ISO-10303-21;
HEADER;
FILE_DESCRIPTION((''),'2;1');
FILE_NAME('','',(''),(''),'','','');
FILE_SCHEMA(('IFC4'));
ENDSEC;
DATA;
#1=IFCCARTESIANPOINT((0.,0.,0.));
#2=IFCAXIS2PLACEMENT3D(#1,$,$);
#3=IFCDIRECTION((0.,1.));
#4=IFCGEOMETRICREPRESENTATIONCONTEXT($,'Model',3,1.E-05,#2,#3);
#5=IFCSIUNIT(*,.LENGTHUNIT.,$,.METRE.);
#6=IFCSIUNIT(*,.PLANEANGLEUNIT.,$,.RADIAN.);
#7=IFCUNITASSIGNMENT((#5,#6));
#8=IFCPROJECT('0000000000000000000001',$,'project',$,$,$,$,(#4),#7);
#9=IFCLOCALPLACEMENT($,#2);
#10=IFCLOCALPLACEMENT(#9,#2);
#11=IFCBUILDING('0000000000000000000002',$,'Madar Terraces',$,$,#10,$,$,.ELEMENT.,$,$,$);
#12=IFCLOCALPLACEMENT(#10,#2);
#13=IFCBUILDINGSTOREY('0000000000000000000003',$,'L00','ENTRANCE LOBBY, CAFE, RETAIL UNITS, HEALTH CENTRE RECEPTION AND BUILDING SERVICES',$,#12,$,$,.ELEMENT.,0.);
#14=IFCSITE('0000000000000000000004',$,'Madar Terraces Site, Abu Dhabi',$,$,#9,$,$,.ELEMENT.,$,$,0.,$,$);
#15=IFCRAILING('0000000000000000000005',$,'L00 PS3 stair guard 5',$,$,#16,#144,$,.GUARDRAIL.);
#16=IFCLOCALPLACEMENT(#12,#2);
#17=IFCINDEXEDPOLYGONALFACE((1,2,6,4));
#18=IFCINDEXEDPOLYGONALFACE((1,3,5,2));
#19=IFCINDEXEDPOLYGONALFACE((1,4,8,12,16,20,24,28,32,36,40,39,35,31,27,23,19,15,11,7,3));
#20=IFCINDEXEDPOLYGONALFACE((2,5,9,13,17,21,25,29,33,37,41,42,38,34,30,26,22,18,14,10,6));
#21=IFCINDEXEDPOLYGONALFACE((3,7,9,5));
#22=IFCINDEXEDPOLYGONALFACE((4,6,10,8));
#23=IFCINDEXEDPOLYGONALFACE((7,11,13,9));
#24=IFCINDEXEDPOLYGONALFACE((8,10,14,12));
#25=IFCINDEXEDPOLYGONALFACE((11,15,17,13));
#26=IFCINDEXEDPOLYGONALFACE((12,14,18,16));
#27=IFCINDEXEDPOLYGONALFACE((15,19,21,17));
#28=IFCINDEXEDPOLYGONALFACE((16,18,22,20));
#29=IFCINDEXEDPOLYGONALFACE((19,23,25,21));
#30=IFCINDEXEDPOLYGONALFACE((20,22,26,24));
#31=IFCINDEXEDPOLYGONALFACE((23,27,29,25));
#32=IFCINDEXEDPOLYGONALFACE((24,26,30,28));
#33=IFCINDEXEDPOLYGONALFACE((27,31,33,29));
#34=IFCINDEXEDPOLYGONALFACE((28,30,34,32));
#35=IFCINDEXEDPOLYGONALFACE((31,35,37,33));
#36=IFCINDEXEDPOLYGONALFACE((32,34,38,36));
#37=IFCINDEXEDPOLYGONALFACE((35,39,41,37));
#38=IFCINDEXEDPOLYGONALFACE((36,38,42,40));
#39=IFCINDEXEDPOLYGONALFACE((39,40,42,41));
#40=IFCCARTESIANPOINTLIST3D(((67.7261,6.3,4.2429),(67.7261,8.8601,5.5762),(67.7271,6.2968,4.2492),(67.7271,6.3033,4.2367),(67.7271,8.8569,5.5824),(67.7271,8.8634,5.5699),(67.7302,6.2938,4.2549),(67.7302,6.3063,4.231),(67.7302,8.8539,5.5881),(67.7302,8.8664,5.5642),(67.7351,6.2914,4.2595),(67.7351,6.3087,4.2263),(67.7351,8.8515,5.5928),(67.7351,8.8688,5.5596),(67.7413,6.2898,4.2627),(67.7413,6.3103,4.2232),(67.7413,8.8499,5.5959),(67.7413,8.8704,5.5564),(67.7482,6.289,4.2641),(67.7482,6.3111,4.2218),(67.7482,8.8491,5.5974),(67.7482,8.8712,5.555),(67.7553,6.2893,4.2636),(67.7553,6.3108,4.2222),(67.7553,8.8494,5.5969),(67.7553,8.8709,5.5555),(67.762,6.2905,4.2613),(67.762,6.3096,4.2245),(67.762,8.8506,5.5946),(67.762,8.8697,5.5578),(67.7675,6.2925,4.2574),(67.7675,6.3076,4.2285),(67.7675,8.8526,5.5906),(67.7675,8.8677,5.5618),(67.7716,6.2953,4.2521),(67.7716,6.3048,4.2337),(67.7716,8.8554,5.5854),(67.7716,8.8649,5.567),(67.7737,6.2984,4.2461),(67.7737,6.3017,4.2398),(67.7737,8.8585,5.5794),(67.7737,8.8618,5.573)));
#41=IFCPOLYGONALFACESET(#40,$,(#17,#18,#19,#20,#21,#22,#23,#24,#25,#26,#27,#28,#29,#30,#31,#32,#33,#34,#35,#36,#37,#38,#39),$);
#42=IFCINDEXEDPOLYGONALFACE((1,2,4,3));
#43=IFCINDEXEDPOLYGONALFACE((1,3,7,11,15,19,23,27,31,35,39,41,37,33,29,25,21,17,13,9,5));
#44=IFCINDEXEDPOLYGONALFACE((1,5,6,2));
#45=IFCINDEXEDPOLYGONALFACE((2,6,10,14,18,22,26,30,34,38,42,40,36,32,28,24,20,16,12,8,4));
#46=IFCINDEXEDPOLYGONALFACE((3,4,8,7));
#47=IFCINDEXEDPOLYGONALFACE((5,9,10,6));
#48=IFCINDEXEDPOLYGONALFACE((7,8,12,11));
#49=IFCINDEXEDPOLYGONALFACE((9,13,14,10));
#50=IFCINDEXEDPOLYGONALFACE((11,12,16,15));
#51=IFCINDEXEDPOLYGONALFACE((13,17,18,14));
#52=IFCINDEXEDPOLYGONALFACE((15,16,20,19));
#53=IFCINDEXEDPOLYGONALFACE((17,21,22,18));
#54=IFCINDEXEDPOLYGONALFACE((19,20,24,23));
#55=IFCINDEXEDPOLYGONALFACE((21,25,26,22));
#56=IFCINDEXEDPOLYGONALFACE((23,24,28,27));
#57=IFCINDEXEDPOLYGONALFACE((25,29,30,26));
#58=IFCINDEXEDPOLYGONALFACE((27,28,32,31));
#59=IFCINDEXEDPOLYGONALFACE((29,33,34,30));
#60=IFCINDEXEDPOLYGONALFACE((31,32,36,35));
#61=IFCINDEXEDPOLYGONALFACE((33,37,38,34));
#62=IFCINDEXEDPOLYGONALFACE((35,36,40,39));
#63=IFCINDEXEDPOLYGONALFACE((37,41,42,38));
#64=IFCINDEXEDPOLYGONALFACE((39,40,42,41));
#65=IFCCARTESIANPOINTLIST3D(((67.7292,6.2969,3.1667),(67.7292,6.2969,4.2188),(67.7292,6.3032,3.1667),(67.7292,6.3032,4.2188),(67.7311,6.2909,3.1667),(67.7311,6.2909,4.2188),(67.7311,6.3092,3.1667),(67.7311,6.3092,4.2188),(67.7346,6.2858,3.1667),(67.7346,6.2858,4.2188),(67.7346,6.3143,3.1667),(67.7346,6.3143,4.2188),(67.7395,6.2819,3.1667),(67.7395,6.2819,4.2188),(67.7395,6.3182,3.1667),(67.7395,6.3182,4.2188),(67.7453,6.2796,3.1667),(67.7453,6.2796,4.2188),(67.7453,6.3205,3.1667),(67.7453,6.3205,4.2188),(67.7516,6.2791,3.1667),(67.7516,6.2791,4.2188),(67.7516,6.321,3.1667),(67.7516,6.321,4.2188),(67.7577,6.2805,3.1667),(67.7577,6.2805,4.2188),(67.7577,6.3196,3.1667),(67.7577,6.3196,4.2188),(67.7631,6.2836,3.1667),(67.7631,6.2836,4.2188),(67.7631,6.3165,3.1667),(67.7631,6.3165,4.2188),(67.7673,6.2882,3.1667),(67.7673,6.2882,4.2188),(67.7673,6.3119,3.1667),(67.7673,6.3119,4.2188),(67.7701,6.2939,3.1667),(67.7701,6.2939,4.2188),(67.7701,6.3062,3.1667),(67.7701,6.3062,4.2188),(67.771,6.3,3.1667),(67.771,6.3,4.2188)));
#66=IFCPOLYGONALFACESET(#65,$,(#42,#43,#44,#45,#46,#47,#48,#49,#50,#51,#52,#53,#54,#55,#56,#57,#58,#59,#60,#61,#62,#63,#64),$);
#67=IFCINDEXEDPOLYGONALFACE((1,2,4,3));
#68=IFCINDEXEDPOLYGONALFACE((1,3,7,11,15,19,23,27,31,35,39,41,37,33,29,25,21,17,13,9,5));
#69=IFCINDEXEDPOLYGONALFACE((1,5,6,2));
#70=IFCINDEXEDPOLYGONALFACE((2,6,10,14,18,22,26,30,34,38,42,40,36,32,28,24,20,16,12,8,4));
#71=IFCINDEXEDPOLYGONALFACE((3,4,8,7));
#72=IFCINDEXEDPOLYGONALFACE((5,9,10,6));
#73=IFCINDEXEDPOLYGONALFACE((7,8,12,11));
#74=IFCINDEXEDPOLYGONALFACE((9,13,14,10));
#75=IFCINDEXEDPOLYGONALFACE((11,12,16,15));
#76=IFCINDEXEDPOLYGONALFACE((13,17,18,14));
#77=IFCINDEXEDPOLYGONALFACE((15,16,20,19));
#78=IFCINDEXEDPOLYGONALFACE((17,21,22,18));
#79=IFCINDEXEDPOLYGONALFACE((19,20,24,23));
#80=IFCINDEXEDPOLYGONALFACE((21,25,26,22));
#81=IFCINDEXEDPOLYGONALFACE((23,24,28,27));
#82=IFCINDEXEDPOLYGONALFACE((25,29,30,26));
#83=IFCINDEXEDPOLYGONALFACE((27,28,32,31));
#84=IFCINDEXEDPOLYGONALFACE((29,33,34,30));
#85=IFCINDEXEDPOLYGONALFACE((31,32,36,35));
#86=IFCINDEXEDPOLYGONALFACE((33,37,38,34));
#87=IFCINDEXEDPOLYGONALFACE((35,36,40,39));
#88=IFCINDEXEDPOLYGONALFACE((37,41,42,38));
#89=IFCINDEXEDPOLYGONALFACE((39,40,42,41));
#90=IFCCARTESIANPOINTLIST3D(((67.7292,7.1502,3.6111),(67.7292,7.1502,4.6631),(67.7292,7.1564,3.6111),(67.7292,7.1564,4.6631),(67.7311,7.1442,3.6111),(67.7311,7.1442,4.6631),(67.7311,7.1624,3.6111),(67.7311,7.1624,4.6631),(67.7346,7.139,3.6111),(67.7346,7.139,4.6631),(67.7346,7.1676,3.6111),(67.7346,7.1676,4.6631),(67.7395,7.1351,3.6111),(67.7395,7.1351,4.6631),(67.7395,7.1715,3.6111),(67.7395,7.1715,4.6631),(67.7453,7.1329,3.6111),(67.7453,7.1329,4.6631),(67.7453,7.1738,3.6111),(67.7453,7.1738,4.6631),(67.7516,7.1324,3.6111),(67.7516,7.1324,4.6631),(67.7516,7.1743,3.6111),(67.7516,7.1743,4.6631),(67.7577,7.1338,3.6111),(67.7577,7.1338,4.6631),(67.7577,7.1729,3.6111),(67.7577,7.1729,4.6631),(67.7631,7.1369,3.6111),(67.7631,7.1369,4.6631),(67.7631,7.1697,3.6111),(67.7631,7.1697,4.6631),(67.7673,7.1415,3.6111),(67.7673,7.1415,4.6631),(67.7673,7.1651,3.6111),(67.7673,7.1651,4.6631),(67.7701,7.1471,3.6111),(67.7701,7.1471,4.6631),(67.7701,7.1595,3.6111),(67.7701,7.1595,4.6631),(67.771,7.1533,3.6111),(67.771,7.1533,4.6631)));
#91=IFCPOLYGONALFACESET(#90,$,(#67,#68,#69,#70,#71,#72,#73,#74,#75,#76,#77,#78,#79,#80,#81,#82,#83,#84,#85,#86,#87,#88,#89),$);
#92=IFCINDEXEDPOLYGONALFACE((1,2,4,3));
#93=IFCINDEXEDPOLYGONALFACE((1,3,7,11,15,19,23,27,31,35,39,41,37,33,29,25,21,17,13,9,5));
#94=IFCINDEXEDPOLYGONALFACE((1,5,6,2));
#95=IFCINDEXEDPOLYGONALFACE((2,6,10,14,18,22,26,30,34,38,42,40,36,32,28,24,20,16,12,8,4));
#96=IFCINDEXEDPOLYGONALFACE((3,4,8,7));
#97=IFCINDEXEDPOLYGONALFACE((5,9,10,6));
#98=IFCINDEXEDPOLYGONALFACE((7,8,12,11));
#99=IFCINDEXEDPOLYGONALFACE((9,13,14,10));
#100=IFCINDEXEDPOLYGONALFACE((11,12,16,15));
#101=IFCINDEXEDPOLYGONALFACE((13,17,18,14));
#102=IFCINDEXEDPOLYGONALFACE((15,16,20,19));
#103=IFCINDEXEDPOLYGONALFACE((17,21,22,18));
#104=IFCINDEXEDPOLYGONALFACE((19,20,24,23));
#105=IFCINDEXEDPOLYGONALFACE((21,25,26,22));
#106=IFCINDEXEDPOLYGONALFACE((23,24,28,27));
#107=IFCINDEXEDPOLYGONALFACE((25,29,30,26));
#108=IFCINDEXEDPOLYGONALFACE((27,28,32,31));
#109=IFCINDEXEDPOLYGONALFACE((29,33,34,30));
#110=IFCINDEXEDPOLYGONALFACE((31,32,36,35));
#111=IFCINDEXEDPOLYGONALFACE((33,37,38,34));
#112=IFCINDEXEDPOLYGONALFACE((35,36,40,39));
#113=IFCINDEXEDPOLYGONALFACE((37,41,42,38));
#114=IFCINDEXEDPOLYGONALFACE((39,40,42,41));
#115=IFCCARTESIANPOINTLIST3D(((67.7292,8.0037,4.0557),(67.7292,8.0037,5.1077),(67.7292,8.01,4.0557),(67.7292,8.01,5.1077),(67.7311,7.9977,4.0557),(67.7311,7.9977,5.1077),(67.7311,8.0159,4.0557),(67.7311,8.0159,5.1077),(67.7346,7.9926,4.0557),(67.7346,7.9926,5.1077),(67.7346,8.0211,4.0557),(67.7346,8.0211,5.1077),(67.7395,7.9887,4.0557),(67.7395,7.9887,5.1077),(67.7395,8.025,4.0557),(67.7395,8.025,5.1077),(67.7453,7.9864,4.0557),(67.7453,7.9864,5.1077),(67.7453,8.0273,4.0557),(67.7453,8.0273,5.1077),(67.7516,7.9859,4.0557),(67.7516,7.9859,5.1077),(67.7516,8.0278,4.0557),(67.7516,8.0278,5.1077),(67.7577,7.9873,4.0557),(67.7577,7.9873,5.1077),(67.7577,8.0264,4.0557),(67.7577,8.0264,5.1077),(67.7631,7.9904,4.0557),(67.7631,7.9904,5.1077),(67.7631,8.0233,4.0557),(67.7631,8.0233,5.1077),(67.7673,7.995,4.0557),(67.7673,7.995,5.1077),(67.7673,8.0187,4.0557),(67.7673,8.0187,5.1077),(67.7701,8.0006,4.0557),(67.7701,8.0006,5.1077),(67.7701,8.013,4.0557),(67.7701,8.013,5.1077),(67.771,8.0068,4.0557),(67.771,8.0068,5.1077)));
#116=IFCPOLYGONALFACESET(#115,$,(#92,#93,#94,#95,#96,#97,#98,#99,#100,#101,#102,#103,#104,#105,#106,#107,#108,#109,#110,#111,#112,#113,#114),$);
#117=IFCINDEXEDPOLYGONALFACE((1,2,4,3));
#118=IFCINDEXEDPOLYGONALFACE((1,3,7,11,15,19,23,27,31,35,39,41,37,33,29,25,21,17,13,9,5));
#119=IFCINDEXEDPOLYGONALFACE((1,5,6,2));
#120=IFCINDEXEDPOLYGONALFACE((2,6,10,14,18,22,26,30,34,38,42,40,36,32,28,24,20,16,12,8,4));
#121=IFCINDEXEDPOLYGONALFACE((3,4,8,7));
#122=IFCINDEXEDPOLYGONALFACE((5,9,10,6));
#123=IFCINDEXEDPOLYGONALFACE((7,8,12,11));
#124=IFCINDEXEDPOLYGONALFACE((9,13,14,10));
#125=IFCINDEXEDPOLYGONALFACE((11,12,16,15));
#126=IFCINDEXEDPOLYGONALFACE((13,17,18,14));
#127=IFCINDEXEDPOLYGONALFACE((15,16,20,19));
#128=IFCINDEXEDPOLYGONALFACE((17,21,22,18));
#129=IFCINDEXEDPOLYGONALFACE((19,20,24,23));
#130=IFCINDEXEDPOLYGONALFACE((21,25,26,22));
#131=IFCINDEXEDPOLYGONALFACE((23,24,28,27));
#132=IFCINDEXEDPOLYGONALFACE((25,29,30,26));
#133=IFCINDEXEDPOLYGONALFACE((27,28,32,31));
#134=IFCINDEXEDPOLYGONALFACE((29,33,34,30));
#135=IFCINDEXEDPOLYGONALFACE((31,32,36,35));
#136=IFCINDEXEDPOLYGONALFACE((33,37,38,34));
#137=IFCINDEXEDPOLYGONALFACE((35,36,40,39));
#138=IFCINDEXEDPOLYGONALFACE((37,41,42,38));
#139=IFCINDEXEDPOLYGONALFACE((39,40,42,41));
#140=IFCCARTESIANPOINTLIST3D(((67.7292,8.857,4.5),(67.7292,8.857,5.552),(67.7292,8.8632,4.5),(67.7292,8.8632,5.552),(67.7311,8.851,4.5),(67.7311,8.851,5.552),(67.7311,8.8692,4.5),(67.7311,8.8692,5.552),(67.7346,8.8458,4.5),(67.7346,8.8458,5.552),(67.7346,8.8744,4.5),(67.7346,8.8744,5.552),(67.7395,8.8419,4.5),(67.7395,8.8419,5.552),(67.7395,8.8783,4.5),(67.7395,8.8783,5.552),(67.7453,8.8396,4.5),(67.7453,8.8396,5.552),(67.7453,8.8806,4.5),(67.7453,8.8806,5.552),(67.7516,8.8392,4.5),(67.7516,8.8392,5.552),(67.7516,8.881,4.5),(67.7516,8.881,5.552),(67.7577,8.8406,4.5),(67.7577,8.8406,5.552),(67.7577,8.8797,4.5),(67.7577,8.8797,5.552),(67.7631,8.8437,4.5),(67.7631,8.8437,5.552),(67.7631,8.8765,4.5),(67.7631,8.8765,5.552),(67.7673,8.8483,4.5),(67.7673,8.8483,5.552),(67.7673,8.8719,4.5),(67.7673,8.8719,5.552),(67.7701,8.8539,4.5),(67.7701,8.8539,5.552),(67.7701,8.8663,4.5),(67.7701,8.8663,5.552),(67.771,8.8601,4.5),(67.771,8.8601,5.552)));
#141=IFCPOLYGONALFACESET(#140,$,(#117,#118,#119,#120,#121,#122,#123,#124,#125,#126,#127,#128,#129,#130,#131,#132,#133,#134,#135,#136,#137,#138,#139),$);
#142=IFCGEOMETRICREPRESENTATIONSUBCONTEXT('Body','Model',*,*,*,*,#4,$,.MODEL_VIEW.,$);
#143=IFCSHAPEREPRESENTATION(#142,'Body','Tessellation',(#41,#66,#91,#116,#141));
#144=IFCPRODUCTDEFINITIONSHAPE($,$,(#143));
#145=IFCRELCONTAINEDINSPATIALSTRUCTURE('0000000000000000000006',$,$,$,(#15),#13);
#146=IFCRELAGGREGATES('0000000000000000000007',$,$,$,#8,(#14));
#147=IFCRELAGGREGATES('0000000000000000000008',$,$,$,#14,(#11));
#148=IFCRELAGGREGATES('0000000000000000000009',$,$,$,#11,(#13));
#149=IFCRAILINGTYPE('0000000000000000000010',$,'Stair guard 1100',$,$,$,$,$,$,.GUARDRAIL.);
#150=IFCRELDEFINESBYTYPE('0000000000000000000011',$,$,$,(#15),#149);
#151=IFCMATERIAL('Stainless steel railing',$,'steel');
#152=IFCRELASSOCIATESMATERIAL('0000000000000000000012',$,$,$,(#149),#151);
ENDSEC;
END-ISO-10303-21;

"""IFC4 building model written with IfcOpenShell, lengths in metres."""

from ifc_helpers import new_model, si_unit, direction, frame, origin, origin_2d, place, context, subcontext, project, spatial, circle, extrude, material, type_object, element, save


model = new_model("IFC4")

# Units and contexts
model_context = context("Model", 3, precision=1e-05, world=origin(), true_north=direction((0.0, 1.0)))
body_context = subcontext(model_context, "Body", "Model", "MODEL_VIEW")
ifc_project = project(units=[si_unit("LENGTHUNIT", "METRE"), si_unit("PLANEANGLEUNIT", "RADIAN")], contexts=[model_context])

# Site, building, storey
site_placement = place(None, origin())
site = spatial("IfcSite", under=ifc_project, at=site_placement, Name="Madar Terraces Site, Abu Dhabi", CompositionType="ELEMENT", RefElevation=0.0)
building_placement = place(site_placement, origin())
building = spatial("IfcBuilding", under=site, at=building_placement, Name="Madar Terraces", CompositionType="ELEMENT")
storey_placement = place(building_placement, origin())
storey = spatial("IfcBuildingStorey", under=building, at=storey_placement, Name="L00", Description="ENTRANCE LOBBY, CAFE, RETAIL UNITS, HEALTH CENTRE RECEPTION AND BUILDING SERVICES", CompositionType="ELEMENT", Elevation=0.0)

# Railing
ifc_material_1 = material(Name="Stainless steel railing", Category="steel")
railing_type_1 = type_object("IfcRailingType", Name="Stair guard 1100", PredefinedType="GUARDRAIL", material=ifc_material_1)
railing_1_placement = place(storey_placement, frame((67.75, 6.3, 3.1667)))
element("IfcRailing", 1, at=railing_1_placement, inside=storey, type_object=railing_type_1, Name="L00 PS3 stair guard 5", PredefinedType="GUARDRAIL", context=body_context, shape_type="SweptSolid", body=[
    extrude(circle(Radius=0.0239, at=origin_2d()), frame((0.0, 0.0, 1.0762), z_axis=(0.0, 0.88693, 0.461904), x_axis=(-1.0, 0.0, 0.0)), (0.0, 0.0, 1.0), 2.8865),
    extrude(circle(Radius=0.021, at=origin_2d()), origin(), (0.0, 0.0, 1.0), 1.052),
    extrude(circle(Radius=0.021, at=origin_2d()), frame((0.0, 0.8533, 0.4443)), (0.0, 0.0, 1.0), 1.052),
    extrude(circle(Radius=0.021, at=origin_2d()), frame((0.0, 1.7068, 0.8889)), (0.0, 0.0, 1.0), 1.052),
    extrude(circle(Radius=0.021, at=origin_2d()), frame((0.0, 2.5601, 1.3333)), (0.0, 0.0, 1.0), 1.052),
])

save(model, "model.ifc")
